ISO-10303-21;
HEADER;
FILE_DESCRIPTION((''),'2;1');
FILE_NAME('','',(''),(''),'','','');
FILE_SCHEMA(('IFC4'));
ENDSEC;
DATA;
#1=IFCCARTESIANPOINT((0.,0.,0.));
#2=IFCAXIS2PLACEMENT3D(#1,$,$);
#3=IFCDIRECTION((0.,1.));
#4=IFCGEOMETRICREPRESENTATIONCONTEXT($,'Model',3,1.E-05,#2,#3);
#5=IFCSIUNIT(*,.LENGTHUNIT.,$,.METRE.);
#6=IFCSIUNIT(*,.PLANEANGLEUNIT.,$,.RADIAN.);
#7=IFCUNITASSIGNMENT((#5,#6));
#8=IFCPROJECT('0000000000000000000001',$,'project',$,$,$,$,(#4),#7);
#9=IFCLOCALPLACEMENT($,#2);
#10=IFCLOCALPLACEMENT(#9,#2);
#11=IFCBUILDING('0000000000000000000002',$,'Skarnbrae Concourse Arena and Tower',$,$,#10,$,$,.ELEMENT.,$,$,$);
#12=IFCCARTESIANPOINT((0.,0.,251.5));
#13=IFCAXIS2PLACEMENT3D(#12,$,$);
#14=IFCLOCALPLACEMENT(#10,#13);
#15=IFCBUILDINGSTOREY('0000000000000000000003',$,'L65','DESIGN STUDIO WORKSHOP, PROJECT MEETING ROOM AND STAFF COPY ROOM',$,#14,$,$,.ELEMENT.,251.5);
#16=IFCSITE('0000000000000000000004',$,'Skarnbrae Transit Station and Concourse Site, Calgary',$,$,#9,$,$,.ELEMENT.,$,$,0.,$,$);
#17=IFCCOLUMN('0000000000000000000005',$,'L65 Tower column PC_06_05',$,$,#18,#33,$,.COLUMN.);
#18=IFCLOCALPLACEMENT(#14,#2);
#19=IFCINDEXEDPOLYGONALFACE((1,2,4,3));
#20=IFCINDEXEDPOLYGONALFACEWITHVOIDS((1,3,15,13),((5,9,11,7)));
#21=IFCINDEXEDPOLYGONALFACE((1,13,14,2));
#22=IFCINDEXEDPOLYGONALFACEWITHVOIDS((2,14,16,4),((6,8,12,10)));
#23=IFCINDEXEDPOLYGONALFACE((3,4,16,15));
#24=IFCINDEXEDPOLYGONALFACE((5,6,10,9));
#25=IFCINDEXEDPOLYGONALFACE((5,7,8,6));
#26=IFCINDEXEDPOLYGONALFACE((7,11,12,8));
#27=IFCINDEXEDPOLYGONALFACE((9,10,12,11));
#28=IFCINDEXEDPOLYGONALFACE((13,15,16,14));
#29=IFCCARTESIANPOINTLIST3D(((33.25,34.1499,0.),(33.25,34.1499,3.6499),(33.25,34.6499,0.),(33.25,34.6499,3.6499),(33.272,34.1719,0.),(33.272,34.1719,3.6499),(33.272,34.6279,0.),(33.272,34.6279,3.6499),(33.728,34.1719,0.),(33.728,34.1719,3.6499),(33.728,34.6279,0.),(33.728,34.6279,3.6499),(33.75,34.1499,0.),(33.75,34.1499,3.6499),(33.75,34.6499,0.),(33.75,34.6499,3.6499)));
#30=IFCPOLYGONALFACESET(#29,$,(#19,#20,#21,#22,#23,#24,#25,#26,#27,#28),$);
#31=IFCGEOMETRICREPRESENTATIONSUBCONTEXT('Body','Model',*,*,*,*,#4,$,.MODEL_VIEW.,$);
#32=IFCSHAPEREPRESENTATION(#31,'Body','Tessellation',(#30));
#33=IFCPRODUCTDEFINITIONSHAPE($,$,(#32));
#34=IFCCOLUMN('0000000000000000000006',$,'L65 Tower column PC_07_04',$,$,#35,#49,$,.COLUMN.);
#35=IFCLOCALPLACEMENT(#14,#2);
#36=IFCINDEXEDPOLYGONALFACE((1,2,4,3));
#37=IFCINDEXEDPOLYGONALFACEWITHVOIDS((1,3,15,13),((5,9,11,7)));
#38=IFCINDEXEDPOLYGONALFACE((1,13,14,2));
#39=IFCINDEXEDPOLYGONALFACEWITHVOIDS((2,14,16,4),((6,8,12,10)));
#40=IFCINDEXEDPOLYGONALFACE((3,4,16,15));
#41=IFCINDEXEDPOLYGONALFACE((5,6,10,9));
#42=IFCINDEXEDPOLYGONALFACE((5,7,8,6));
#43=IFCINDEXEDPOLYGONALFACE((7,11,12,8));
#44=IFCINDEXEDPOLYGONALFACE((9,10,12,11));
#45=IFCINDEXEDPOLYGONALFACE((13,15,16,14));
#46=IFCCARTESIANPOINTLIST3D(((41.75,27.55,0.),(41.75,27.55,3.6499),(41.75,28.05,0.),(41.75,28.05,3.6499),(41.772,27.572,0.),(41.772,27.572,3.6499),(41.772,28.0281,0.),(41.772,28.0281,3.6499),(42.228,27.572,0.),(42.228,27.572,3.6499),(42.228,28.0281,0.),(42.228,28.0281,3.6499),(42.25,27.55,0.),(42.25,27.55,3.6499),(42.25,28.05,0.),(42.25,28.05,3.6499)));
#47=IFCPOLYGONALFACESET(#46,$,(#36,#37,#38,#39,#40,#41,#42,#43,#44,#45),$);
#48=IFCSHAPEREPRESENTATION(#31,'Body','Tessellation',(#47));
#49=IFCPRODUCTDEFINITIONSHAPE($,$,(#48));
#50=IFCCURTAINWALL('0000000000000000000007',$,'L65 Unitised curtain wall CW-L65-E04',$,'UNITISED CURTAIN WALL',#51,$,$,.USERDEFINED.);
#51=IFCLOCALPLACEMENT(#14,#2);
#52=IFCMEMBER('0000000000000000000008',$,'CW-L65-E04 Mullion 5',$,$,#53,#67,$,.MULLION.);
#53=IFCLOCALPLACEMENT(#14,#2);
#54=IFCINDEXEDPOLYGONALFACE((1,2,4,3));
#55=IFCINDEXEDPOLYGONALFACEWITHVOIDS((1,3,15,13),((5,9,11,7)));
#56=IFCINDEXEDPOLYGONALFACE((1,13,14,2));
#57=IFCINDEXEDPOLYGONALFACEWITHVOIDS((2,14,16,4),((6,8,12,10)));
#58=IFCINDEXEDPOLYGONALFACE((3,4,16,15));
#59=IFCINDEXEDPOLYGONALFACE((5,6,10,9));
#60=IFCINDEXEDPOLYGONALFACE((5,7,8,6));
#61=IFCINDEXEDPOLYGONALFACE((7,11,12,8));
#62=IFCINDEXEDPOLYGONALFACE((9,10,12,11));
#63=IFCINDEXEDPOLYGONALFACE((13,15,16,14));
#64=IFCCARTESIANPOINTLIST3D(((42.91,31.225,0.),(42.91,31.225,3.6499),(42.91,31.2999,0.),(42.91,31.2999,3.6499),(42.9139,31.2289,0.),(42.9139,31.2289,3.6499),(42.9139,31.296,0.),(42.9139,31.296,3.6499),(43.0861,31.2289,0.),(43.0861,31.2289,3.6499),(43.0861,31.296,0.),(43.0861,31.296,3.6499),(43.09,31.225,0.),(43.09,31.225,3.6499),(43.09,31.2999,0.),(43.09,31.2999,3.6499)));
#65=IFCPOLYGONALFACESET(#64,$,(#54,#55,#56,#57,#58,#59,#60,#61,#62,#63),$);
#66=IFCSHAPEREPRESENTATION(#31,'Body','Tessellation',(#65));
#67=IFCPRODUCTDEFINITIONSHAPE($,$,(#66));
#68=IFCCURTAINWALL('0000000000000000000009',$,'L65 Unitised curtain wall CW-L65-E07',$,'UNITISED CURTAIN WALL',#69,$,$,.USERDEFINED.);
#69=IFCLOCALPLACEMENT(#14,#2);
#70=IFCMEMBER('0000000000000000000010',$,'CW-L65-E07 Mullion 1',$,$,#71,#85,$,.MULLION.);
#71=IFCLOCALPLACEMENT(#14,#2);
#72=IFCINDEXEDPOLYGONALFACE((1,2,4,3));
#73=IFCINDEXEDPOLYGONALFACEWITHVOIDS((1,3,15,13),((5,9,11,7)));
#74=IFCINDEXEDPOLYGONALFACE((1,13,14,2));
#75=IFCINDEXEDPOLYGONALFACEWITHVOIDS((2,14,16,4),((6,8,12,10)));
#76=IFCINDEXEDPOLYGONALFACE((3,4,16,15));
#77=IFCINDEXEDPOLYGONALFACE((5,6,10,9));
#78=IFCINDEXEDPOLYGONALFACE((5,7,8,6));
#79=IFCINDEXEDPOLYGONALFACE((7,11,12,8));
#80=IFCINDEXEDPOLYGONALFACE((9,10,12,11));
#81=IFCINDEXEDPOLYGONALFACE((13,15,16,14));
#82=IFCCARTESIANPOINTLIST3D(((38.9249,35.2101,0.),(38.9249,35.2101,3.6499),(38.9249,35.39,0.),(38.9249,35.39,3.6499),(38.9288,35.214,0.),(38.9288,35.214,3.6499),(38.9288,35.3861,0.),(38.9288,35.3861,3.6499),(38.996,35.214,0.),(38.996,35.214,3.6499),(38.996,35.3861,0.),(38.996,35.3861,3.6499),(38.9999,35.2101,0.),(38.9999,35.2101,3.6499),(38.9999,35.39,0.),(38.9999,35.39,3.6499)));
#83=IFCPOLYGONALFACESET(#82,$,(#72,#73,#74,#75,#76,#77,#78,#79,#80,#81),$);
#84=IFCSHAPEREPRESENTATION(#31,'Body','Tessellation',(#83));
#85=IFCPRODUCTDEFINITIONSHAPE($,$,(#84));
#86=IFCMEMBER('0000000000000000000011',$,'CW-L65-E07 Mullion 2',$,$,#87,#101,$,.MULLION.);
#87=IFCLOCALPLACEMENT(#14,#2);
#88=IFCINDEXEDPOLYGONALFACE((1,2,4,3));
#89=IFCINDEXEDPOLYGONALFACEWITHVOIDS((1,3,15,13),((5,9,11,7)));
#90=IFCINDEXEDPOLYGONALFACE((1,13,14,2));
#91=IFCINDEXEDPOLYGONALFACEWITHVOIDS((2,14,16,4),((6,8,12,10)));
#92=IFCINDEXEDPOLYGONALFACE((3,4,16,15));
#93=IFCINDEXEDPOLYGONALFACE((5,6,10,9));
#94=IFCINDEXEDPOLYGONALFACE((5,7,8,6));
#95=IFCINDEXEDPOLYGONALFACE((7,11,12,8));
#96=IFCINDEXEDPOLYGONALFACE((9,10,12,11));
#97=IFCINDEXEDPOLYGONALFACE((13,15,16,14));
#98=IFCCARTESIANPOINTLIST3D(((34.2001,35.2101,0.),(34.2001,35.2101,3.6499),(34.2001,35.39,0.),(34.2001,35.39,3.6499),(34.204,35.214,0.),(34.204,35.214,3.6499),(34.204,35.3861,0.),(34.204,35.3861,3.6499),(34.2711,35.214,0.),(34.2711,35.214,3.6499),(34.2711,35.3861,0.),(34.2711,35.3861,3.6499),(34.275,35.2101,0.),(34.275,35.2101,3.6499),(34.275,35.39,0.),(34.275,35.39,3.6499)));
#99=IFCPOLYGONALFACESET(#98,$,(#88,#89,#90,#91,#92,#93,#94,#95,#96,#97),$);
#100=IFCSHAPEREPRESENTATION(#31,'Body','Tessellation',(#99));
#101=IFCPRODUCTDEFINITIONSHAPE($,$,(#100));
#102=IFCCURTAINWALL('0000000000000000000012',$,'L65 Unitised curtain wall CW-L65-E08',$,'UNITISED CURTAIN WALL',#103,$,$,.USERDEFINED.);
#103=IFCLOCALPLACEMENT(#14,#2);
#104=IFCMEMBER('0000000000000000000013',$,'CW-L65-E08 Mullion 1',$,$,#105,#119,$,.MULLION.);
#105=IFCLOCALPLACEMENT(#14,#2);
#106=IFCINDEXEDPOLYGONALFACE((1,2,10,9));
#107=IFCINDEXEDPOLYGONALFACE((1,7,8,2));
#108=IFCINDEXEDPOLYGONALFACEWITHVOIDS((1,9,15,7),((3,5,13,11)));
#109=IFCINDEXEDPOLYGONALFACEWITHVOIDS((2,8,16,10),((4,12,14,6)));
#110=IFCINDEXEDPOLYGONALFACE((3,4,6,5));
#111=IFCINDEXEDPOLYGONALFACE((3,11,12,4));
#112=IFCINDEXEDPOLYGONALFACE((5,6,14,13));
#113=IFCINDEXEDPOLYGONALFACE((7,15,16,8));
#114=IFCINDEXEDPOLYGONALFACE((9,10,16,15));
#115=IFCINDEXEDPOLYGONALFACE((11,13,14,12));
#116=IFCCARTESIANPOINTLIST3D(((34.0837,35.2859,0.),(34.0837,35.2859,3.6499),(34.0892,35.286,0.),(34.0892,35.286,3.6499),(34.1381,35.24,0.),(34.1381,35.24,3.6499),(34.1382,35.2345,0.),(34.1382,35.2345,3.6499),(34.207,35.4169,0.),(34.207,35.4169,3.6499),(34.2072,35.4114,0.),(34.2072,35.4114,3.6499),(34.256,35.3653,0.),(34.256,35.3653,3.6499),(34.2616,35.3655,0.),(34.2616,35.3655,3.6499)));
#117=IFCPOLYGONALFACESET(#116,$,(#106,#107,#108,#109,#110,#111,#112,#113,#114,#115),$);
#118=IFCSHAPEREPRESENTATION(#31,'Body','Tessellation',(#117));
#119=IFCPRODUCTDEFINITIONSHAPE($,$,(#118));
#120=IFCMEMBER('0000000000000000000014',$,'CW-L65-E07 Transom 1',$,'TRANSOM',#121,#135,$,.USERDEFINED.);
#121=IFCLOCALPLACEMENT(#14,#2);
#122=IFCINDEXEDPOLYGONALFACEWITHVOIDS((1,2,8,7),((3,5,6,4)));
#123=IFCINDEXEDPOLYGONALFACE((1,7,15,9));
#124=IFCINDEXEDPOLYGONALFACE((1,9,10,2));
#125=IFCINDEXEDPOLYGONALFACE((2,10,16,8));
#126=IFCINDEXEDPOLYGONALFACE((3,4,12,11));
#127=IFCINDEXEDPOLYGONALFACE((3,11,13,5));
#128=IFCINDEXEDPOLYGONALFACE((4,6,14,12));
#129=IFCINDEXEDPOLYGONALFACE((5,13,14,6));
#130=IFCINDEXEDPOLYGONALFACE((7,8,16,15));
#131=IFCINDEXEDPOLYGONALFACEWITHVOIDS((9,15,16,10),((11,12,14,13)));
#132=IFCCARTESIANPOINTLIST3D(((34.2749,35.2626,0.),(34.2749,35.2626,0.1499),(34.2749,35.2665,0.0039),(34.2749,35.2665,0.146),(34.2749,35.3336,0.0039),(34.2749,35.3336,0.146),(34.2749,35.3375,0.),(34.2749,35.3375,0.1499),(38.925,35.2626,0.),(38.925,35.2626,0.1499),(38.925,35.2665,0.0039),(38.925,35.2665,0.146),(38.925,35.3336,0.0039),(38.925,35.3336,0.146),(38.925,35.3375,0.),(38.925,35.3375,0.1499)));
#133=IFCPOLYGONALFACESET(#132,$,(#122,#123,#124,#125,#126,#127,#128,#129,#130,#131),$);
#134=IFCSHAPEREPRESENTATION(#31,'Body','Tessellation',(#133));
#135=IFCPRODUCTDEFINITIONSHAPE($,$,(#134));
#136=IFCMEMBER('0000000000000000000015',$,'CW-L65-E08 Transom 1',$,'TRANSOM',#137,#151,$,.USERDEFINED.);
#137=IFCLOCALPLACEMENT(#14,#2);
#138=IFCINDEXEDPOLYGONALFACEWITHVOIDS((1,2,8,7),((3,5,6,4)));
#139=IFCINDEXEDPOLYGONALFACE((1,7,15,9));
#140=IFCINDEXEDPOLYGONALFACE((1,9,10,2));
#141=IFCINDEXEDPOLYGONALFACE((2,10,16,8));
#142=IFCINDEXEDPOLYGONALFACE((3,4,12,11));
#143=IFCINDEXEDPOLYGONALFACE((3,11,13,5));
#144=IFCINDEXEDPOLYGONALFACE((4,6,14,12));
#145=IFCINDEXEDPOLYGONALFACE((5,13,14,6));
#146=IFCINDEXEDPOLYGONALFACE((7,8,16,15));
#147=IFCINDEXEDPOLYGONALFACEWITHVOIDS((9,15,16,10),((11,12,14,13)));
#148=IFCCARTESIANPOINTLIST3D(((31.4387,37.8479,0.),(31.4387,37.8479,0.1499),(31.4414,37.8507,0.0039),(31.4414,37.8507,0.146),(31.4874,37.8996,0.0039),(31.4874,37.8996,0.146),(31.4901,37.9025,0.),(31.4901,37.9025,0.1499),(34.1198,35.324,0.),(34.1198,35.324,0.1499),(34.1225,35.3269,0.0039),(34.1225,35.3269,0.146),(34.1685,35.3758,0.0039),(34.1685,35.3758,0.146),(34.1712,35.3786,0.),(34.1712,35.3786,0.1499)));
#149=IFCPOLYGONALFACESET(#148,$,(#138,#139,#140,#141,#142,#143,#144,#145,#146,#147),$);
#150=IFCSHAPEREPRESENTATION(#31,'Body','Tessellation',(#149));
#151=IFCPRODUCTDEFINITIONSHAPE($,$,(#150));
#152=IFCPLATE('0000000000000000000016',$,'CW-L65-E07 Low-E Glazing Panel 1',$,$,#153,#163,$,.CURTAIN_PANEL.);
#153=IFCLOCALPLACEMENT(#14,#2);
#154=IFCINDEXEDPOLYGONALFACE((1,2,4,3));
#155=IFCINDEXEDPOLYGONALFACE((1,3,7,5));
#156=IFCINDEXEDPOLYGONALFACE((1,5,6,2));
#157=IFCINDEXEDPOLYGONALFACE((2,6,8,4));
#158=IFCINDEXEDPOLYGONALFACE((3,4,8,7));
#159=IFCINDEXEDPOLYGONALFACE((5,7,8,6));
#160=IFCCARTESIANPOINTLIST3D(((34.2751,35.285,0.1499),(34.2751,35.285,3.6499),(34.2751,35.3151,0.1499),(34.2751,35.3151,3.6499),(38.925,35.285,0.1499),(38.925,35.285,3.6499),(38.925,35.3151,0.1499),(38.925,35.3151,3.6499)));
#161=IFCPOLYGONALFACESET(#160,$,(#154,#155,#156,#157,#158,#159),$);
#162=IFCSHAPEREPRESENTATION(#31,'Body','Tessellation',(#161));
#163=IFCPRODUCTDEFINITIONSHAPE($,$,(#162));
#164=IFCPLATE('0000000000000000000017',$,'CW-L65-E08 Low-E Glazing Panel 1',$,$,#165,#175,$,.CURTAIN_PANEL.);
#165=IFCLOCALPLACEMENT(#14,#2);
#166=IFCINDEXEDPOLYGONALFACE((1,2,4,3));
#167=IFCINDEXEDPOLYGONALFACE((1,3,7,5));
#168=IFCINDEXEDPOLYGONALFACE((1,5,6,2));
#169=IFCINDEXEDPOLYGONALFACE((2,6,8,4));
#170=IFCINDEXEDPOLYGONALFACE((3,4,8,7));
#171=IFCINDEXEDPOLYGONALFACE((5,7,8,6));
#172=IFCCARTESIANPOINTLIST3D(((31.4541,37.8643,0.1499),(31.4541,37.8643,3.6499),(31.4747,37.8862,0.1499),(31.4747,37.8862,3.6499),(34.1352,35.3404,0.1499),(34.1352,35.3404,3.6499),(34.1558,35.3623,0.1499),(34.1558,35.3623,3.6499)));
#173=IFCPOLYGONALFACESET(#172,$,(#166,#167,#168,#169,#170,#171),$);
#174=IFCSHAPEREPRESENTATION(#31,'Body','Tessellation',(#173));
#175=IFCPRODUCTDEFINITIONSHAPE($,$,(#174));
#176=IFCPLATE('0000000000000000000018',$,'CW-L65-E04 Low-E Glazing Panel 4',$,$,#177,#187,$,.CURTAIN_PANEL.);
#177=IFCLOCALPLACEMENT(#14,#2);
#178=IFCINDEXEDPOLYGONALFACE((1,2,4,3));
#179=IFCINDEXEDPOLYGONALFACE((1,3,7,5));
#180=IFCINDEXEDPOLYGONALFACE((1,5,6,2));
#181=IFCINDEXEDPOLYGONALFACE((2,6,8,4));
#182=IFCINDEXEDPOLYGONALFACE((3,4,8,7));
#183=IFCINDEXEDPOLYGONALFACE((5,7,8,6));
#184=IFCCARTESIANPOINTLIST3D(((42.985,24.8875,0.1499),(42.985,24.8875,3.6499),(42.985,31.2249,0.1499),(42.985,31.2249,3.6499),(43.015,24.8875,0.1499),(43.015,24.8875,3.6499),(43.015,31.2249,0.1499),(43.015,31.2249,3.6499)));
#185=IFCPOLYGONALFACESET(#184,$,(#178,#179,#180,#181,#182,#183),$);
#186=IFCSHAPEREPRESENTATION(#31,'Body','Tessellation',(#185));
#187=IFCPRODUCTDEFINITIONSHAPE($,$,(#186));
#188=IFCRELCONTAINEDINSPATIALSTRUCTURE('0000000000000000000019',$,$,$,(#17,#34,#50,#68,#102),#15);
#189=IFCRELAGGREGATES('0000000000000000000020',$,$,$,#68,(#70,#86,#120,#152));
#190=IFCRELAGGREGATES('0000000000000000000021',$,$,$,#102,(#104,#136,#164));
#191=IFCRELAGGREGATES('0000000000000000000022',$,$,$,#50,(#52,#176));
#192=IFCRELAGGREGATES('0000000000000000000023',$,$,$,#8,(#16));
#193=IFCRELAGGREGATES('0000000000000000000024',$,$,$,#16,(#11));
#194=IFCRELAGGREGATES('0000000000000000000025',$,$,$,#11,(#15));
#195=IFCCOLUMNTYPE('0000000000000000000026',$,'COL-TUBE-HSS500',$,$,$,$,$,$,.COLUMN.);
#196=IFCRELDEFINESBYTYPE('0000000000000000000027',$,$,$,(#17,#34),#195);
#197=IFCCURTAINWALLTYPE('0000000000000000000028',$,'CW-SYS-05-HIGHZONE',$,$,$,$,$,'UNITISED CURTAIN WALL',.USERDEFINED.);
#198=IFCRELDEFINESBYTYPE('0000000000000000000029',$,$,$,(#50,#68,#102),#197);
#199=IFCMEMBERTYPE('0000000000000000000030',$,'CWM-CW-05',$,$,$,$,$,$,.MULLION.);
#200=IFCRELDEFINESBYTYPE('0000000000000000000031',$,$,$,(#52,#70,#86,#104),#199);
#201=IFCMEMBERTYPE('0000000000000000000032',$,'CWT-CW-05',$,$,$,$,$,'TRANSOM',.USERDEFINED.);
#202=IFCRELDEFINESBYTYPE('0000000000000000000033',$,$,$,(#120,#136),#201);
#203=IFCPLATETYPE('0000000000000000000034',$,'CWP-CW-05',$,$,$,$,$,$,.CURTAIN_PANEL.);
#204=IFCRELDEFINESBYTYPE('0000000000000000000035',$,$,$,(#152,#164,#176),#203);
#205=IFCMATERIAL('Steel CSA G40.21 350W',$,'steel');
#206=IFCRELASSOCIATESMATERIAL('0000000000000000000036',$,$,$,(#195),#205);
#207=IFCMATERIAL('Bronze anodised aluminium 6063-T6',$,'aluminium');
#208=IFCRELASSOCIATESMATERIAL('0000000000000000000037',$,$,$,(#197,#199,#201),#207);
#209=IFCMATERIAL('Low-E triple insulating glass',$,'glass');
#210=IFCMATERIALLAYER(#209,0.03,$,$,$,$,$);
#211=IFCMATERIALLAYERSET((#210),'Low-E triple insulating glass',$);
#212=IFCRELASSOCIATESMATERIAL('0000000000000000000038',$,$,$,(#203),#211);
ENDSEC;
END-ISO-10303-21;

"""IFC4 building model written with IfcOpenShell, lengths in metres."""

from ifc_helpers import new_model, si_unit, direction, frame, origin, origin_2d, place, context, subcontext, project, spatial, rectangle, hollow_rectangle, extrude, source, transform, mapped, material, layer, layer_set, material_profile, profile_set, type_object, element, aggregate, save


model = new_model("IFC4")

# Units and contexts
model_context = context("Model", 3, precision=1e-05, world=origin(), true_north=direction((0.0, 1.0)))
body_context = subcontext(model_context, "Body", "Model", "MODEL_VIEW")
ifc_project = project(units=[si_unit("LENGTHUNIT", "METRE"), si_unit("PLANEANGLEUNIT", "RADIAN")], contexts=[model_context])

# Site, building, storey
site_placement = place(None, origin())
site = spatial("IfcSite", under=ifc_project, at=site_placement, Name="Skarnbrae Transit Station and Concourse Site, Calgary", CompositionType="ELEMENT", RefElevation=0.0)
building_placement = place(site_placement, origin())
building = spatial("IfcBuilding", under=site, at=building_placement, Name="Skarnbrae Concourse Arena and Tower", CompositionType="ELEMENT")
storey_placement = place(building_placement, frame((0.0, 0.0, 251.5)))
storey = spatial("IfcBuildingStorey", under=building, at=storey_placement, Name="L65", Description="DESIGN STUDIO WORKSHOP, PROJECT MEETING ROOM AND STAFF COPY ROOM", CompositionType="ELEMENT", Elevation=251.5)

# Columns
ifc_material_1 = material(Name="Steel CSA G40.21 350W", Category="steel")
ifc_material_profile_1 = material_profile(ifc_material_1, hollow_rectangle(XDim=0.5, YDim=0.5, WallThickness=0.022, at=origin_2d()), Name="HSS500X500X22.0")
ifc_profile_set_1 = profile_set([ifc_material_profile_1], Name="Steel CSA G40.21 350W")
column_type = type_object("IfcColumnType", Name="COL-TUBE-HSS500", PredefinedType="COLUMN", material=ifc_profile_set_1)
shared_shape_1 = source(origin(), body_context, "Body", "SweptSolid", [
    extrude(hollow_rectangle(XDim=0.5, YDim=0.5, WallThickness=0.022, at=origin_2d()), origin(), (0.0, 0.0, 1.0), 3.6499),
])
for number, where, z_axis, x_axis, name in (
    (1, (33.5, 34.3999, 0.0), (0.0, 0.0, 1.0), (1.0, 0.0, 0.0), "L65 Tower column PC_06_05"),
    (2, (42.0, 27.8, 0.0), (0.0, 0.0, 1.0), (1.0, 0.0, 0.0), "L65 Tower column PC_07_04"),
):
    element("IfcColumn", number, at=place(storey_placement, frame(where, z_axis=z_axis, x_axis=x_axis)), inside=storey, type_object=column_type, Name=name, PredefinedType="COLUMN", context=body_context, shape_type="MappedRepresentation", body=[
        mapped(shared_shape_1, transform((0.0, 0.0, 0.0))),
    ])

# Curtain wall, member
ifc_material_2 = material(Name="Bronze anodised aluminium 6063-T6", Category="aluminium")
curtain_wall_type = type_object("IfcCurtainWallType", Name="CW-SYS-05-HIGHZONE", ElementType="UNITISED CURTAIN WALL", PredefinedType="USERDEFINED", material=ifc_material_2)
curtain_wall_1_placement = place(storey_placement, origin())
curtain_wall_1 = element("IfcCurtainWall", 3, at=curtain_wall_1_placement, inside=storey, type_object=curtain_wall_type, Name="L65 Unitised curtain wall CW-L65-E04", ObjectType="UNITISED CURTAIN WALL", PredefinedType="USERDEFINED")
ifc_material_profile_2 = material_profile(ifc_material_2, hollow_rectangle(XDim=0.075, YDim=0.1799, WallThickness=0.0039, at=origin_2d()), Name="ALU-MULL-75X180")
ifc_profile_set_2 = profile_set([ifc_material_profile_2], Name="Bronze anodised aluminium 6063-T6")
member_type_1 = type_object("IfcMemberType", Name="CWM-CW-05", PredefinedType="MULLION", material=ifc_profile_set_2)
shared_shape_2 = source(origin(), body_context, "Body", "SweptSolid", [
    extrude(hollow_rectangle(XDim=0.075, YDim=0.1799, WallThickness=0.0039, at=origin_2d()), origin(), (0.0, 0.0, 1.0), 3.6499),
])
member_1_placement = place(storey_placement, frame((43.0, 31.2625, 0.0), z_axis=(0.0, 0.0, 1.0), x_axis=(0.0, 1.0, 0.0)))
member_1 = element("IfcMember", 4, at=member_1_placement, type_object=member_type_1, Name="CW-L65-E04 Mullion 5", PredefinedType="MULLION", context=body_context, shape_type="MappedRepresentation", body=[
    mapped(shared_shape_2, transform((0.0, 0.0, 0.0))),
])

# Curtain wall, members
curtain_wall_2_placement = place(storey_placement, origin())
curtain_wall_2 = element("IfcCurtainWall", 5, at=curtain_wall_2_placement, inside=storey, type_object=curtain_wall_type, Name="L65 Unitised curtain wall CW-L65-E07", ObjectType="UNITISED CURTAIN WALL", PredefinedType="USERDEFINED")
member_2_placement = place(storey_placement, frame((38.9624, 35.3, 0.0), z_axis=(0.0, 0.0, 1.0), x_axis=(-1.0, 0.0, 0.0)))
member_2 = element("IfcMember", 6, at=member_2_placement, type_object=member_type_1, Name="CW-L65-E07 Mullion 1", PredefinedType="MULLION", context=body_context, shape_type="MappedRepresentation", body=[
    mapped(shared_shape_2, transform((0.0, 0.0, 0.0))),
])
member_3_placement = place(storey_placement, frame((34.2375, 35.3, 0.0), z_axis=(0.0, 0.0, 1.0), x_axis=(-1.0, 0.0, 0.0)))
member_3 = element("IfcMember", 7, at=member_3_placement, type_object=member_type_1, Name="CW-L65-E07 Mullion 2", PredefinedType="MULLION", context=body_context, shape_type="MappedRepresentation", body=[
    mapped(shared_shape_2, transform((0.0, 0.0, 0.0))),
])

# Curtain wall, member
curtain_wall_3_placement = place(storey_placement, origin())
curtain_wall_3 = element("IfcCurtainWall", 8, at=curtain_wall_3_placement, inside=storey, type_object=curtain_wall_type, Name="L65 Unitised curtain wall CW-L65-E08", ObjectType="UNITISED CURTAIN WALL", PredefinedType="USERDEFINED")
member_4_placement = place(storey_placement, frame((34.1726, 35.3257, 0.0), z_axis=(0.0, 0.0, 1.0), x_axis=(-0.728131, 0.685438, 0.0)))
member_4 = element("IfcMember", 9, at=member_4_placement, type_object=member_type_1, Name="CW-L65-E08 Mullion 1", PredefinedType="MULLION", context=body_context, shape_type="MappedRepresentation", body=[
    mapped(shared_shape_2, transform((0.0, 0.0, 0.0))),
])

# Members
ifc_material_profile_3 = material_profile(ifc_material_2, hollow_rectangle(XDim=0.075, YDim=0.1499, WallThickness=0.0039, at=origin_2d()), Name="ALU-TRAN-75X150")
ifc_profile_set_3 = profile_set([ifc_material_profile_3], Name="Bronze anodised aluminium 6063-T6")
member_type_2 = type_object("IfcMemberType", Name="CWT-CW-05", ElementType="TRANSOM", PredefinedType="USERDEFINED", material=ifc_profile_set_3)
shared_shape_3 = source(origin(), body_context, "Body", "SweptSolid", [
    extrude(hollow_rectangle(XDim=0.075, YDim=0.1499, WallThickness=0.0039, at=origin_2d()), origin(), (0.0, 0.0, 1.0), 4.6501),
])
member_5_placement = place(storey_placement, frame((38.925, 35.3, 0.075), z_axis=(-1.0, 0.0, 0.0), x_axis=(0.0, -1.0, 0.0)))
member_5 = element("IfcMember", 10, at=member_5_placement, type_object=member_type_2, Name="CW-L65-E07 Transom 1", ObjectType="TRANSOM", PredefinedType="USERDEFINED", context=body_context, shape_type="MappedRepresentation", body=[
    mapped(shared_shape_3, transform((0.0, 0.0, 0.0))),
])
shared_shape_4 = source(origin(), body_context, "Body", "SweptSolid", [
    extrude(hollow_rectangle(XDim=0.075, YDim=0.1499, WallThickness=0.0039, at=origin_2d()), origin(), (0.0, 0.0, 1.0), 3.6821),
])
member_6_placement = place(storey_placement, frame((34.1455, 35.3513, 0.075), z_axis=(-0.728134, 0.685435, 0.0), x_axis=(-0.685435, -0.728134, 0.0)))
member_6 = element("IfcMember", 11, at=member_6_placement, type_object=member_type_2, Name="CW-L65-E08 Transom 1", ObjectType="TRANSOM", PredefinedType="USERDEFINED", context=body_context, shape_type="MappedRepresentation", body=[
    mapped(shared_shape_4, transform((0.0, 0.0, 0.0))),
])

# Plates
ifc_material_3 = material(Name="Low-E triple insulating glass", Category="glass")
ifc_layer_1 = layer(ifc_material_3, 0.03)
ifc_layer_set_1 = layer_set([ifc_layer_1], Name="Low-E triple insulating glass")
plate_type = type_object("IfcPlateType", Name="CWP-CW-05", PredefinedType="CURTAIN_PANEL", material=ifc_layer_set_1)
shared_shape_5 = source(origin(), body_context, "Body", "SweptSolid", [
    extrude(rectangle(XDim=4.6499, YDim=0.03, at=origin_2d()), origin(), (0.0, 0.0, 1.0), 3.5),
])
plate_1_placement = place(storey_placement, frame((36.6001, 35.3, 0.1499), z_axis=(0.0, 0.0, 1.0), x_axis=(-1.0, 0.0, 0.0)))
plate_1 = element("IfcPlate", 12, at=plate_1_placement, type_object=plate_type, Name="CW-L65-E07 Low-E Glazing Panel 1", PredefinedType="CURTAIN_PANEL", context=body_context, shape_type="MappedRepresentation", body=[
    mapped(shared_shape_5, transform((0.0, 0.0, 0.0))),
])
aggregate(curtain_wall_2, [member_2, member_3, member_5, plate_1])
shared_shape_6 = source(origin(), body_context, "Body", "SweptSolid", [
    extrude(rectangle(XDim=3.6821, YDim=0.03, at=origin_2d()), origin(), (0.0, 0.0, 1.0), 3.5),
])
plate_2_placement = place(storey_placement, frame((32.8049, 36.6133, 0.1499), z_axis=(0.0, 0.0, 1.0), x_axis=(-0.728131, 0.685438, 0.0)))
plate_2 = element("IfcPlate", 13, at=plate_2_placement, type_object=plate_type, Name="CW-L65-E08 Low-E Glazing Panel 1", PredefinedType="CURTAIN_PANEL", context=body_context, shape_type="MappedRepresentation", body=[
    mapped(shared_shape_6, transform((0.0, 0.0, 0.0))),
])
aggregate(curtain_wall_3, [member_4, member_6, plate_2])
shared_shape_7 = source(origin(), body_context, "Body", "SweptSolid", [
    extrude(rectangle(XDim=6.3374, YDim=0.03, at=origin_2d()), origin(), (0.0, 0.0, 1.0), 3.5),
])
plate_3_placement = place(storey_placement, frame((43.0, 28.0562, 0.1499), z_axis=(0.0, 0.0, 1.0), x_axis=(0.0, 1.0, 0.0)))
plate_3 = element("IfcPlate", 14, at=plate_3_placement, type_object=plate_type, Name="CW-L65-E04 Low-E Glazing Panel 4", PredefinedType="CURTAIN_PANEL", context=body_context, shape_type="MappedRepresentation", body=[
    mapped(shared_shape_7, transform((0.0, 0.0, 0.0))),
])
aggregate(curtain_wall_1, [member_1, plate_3])

save(model, "model.ifc")
